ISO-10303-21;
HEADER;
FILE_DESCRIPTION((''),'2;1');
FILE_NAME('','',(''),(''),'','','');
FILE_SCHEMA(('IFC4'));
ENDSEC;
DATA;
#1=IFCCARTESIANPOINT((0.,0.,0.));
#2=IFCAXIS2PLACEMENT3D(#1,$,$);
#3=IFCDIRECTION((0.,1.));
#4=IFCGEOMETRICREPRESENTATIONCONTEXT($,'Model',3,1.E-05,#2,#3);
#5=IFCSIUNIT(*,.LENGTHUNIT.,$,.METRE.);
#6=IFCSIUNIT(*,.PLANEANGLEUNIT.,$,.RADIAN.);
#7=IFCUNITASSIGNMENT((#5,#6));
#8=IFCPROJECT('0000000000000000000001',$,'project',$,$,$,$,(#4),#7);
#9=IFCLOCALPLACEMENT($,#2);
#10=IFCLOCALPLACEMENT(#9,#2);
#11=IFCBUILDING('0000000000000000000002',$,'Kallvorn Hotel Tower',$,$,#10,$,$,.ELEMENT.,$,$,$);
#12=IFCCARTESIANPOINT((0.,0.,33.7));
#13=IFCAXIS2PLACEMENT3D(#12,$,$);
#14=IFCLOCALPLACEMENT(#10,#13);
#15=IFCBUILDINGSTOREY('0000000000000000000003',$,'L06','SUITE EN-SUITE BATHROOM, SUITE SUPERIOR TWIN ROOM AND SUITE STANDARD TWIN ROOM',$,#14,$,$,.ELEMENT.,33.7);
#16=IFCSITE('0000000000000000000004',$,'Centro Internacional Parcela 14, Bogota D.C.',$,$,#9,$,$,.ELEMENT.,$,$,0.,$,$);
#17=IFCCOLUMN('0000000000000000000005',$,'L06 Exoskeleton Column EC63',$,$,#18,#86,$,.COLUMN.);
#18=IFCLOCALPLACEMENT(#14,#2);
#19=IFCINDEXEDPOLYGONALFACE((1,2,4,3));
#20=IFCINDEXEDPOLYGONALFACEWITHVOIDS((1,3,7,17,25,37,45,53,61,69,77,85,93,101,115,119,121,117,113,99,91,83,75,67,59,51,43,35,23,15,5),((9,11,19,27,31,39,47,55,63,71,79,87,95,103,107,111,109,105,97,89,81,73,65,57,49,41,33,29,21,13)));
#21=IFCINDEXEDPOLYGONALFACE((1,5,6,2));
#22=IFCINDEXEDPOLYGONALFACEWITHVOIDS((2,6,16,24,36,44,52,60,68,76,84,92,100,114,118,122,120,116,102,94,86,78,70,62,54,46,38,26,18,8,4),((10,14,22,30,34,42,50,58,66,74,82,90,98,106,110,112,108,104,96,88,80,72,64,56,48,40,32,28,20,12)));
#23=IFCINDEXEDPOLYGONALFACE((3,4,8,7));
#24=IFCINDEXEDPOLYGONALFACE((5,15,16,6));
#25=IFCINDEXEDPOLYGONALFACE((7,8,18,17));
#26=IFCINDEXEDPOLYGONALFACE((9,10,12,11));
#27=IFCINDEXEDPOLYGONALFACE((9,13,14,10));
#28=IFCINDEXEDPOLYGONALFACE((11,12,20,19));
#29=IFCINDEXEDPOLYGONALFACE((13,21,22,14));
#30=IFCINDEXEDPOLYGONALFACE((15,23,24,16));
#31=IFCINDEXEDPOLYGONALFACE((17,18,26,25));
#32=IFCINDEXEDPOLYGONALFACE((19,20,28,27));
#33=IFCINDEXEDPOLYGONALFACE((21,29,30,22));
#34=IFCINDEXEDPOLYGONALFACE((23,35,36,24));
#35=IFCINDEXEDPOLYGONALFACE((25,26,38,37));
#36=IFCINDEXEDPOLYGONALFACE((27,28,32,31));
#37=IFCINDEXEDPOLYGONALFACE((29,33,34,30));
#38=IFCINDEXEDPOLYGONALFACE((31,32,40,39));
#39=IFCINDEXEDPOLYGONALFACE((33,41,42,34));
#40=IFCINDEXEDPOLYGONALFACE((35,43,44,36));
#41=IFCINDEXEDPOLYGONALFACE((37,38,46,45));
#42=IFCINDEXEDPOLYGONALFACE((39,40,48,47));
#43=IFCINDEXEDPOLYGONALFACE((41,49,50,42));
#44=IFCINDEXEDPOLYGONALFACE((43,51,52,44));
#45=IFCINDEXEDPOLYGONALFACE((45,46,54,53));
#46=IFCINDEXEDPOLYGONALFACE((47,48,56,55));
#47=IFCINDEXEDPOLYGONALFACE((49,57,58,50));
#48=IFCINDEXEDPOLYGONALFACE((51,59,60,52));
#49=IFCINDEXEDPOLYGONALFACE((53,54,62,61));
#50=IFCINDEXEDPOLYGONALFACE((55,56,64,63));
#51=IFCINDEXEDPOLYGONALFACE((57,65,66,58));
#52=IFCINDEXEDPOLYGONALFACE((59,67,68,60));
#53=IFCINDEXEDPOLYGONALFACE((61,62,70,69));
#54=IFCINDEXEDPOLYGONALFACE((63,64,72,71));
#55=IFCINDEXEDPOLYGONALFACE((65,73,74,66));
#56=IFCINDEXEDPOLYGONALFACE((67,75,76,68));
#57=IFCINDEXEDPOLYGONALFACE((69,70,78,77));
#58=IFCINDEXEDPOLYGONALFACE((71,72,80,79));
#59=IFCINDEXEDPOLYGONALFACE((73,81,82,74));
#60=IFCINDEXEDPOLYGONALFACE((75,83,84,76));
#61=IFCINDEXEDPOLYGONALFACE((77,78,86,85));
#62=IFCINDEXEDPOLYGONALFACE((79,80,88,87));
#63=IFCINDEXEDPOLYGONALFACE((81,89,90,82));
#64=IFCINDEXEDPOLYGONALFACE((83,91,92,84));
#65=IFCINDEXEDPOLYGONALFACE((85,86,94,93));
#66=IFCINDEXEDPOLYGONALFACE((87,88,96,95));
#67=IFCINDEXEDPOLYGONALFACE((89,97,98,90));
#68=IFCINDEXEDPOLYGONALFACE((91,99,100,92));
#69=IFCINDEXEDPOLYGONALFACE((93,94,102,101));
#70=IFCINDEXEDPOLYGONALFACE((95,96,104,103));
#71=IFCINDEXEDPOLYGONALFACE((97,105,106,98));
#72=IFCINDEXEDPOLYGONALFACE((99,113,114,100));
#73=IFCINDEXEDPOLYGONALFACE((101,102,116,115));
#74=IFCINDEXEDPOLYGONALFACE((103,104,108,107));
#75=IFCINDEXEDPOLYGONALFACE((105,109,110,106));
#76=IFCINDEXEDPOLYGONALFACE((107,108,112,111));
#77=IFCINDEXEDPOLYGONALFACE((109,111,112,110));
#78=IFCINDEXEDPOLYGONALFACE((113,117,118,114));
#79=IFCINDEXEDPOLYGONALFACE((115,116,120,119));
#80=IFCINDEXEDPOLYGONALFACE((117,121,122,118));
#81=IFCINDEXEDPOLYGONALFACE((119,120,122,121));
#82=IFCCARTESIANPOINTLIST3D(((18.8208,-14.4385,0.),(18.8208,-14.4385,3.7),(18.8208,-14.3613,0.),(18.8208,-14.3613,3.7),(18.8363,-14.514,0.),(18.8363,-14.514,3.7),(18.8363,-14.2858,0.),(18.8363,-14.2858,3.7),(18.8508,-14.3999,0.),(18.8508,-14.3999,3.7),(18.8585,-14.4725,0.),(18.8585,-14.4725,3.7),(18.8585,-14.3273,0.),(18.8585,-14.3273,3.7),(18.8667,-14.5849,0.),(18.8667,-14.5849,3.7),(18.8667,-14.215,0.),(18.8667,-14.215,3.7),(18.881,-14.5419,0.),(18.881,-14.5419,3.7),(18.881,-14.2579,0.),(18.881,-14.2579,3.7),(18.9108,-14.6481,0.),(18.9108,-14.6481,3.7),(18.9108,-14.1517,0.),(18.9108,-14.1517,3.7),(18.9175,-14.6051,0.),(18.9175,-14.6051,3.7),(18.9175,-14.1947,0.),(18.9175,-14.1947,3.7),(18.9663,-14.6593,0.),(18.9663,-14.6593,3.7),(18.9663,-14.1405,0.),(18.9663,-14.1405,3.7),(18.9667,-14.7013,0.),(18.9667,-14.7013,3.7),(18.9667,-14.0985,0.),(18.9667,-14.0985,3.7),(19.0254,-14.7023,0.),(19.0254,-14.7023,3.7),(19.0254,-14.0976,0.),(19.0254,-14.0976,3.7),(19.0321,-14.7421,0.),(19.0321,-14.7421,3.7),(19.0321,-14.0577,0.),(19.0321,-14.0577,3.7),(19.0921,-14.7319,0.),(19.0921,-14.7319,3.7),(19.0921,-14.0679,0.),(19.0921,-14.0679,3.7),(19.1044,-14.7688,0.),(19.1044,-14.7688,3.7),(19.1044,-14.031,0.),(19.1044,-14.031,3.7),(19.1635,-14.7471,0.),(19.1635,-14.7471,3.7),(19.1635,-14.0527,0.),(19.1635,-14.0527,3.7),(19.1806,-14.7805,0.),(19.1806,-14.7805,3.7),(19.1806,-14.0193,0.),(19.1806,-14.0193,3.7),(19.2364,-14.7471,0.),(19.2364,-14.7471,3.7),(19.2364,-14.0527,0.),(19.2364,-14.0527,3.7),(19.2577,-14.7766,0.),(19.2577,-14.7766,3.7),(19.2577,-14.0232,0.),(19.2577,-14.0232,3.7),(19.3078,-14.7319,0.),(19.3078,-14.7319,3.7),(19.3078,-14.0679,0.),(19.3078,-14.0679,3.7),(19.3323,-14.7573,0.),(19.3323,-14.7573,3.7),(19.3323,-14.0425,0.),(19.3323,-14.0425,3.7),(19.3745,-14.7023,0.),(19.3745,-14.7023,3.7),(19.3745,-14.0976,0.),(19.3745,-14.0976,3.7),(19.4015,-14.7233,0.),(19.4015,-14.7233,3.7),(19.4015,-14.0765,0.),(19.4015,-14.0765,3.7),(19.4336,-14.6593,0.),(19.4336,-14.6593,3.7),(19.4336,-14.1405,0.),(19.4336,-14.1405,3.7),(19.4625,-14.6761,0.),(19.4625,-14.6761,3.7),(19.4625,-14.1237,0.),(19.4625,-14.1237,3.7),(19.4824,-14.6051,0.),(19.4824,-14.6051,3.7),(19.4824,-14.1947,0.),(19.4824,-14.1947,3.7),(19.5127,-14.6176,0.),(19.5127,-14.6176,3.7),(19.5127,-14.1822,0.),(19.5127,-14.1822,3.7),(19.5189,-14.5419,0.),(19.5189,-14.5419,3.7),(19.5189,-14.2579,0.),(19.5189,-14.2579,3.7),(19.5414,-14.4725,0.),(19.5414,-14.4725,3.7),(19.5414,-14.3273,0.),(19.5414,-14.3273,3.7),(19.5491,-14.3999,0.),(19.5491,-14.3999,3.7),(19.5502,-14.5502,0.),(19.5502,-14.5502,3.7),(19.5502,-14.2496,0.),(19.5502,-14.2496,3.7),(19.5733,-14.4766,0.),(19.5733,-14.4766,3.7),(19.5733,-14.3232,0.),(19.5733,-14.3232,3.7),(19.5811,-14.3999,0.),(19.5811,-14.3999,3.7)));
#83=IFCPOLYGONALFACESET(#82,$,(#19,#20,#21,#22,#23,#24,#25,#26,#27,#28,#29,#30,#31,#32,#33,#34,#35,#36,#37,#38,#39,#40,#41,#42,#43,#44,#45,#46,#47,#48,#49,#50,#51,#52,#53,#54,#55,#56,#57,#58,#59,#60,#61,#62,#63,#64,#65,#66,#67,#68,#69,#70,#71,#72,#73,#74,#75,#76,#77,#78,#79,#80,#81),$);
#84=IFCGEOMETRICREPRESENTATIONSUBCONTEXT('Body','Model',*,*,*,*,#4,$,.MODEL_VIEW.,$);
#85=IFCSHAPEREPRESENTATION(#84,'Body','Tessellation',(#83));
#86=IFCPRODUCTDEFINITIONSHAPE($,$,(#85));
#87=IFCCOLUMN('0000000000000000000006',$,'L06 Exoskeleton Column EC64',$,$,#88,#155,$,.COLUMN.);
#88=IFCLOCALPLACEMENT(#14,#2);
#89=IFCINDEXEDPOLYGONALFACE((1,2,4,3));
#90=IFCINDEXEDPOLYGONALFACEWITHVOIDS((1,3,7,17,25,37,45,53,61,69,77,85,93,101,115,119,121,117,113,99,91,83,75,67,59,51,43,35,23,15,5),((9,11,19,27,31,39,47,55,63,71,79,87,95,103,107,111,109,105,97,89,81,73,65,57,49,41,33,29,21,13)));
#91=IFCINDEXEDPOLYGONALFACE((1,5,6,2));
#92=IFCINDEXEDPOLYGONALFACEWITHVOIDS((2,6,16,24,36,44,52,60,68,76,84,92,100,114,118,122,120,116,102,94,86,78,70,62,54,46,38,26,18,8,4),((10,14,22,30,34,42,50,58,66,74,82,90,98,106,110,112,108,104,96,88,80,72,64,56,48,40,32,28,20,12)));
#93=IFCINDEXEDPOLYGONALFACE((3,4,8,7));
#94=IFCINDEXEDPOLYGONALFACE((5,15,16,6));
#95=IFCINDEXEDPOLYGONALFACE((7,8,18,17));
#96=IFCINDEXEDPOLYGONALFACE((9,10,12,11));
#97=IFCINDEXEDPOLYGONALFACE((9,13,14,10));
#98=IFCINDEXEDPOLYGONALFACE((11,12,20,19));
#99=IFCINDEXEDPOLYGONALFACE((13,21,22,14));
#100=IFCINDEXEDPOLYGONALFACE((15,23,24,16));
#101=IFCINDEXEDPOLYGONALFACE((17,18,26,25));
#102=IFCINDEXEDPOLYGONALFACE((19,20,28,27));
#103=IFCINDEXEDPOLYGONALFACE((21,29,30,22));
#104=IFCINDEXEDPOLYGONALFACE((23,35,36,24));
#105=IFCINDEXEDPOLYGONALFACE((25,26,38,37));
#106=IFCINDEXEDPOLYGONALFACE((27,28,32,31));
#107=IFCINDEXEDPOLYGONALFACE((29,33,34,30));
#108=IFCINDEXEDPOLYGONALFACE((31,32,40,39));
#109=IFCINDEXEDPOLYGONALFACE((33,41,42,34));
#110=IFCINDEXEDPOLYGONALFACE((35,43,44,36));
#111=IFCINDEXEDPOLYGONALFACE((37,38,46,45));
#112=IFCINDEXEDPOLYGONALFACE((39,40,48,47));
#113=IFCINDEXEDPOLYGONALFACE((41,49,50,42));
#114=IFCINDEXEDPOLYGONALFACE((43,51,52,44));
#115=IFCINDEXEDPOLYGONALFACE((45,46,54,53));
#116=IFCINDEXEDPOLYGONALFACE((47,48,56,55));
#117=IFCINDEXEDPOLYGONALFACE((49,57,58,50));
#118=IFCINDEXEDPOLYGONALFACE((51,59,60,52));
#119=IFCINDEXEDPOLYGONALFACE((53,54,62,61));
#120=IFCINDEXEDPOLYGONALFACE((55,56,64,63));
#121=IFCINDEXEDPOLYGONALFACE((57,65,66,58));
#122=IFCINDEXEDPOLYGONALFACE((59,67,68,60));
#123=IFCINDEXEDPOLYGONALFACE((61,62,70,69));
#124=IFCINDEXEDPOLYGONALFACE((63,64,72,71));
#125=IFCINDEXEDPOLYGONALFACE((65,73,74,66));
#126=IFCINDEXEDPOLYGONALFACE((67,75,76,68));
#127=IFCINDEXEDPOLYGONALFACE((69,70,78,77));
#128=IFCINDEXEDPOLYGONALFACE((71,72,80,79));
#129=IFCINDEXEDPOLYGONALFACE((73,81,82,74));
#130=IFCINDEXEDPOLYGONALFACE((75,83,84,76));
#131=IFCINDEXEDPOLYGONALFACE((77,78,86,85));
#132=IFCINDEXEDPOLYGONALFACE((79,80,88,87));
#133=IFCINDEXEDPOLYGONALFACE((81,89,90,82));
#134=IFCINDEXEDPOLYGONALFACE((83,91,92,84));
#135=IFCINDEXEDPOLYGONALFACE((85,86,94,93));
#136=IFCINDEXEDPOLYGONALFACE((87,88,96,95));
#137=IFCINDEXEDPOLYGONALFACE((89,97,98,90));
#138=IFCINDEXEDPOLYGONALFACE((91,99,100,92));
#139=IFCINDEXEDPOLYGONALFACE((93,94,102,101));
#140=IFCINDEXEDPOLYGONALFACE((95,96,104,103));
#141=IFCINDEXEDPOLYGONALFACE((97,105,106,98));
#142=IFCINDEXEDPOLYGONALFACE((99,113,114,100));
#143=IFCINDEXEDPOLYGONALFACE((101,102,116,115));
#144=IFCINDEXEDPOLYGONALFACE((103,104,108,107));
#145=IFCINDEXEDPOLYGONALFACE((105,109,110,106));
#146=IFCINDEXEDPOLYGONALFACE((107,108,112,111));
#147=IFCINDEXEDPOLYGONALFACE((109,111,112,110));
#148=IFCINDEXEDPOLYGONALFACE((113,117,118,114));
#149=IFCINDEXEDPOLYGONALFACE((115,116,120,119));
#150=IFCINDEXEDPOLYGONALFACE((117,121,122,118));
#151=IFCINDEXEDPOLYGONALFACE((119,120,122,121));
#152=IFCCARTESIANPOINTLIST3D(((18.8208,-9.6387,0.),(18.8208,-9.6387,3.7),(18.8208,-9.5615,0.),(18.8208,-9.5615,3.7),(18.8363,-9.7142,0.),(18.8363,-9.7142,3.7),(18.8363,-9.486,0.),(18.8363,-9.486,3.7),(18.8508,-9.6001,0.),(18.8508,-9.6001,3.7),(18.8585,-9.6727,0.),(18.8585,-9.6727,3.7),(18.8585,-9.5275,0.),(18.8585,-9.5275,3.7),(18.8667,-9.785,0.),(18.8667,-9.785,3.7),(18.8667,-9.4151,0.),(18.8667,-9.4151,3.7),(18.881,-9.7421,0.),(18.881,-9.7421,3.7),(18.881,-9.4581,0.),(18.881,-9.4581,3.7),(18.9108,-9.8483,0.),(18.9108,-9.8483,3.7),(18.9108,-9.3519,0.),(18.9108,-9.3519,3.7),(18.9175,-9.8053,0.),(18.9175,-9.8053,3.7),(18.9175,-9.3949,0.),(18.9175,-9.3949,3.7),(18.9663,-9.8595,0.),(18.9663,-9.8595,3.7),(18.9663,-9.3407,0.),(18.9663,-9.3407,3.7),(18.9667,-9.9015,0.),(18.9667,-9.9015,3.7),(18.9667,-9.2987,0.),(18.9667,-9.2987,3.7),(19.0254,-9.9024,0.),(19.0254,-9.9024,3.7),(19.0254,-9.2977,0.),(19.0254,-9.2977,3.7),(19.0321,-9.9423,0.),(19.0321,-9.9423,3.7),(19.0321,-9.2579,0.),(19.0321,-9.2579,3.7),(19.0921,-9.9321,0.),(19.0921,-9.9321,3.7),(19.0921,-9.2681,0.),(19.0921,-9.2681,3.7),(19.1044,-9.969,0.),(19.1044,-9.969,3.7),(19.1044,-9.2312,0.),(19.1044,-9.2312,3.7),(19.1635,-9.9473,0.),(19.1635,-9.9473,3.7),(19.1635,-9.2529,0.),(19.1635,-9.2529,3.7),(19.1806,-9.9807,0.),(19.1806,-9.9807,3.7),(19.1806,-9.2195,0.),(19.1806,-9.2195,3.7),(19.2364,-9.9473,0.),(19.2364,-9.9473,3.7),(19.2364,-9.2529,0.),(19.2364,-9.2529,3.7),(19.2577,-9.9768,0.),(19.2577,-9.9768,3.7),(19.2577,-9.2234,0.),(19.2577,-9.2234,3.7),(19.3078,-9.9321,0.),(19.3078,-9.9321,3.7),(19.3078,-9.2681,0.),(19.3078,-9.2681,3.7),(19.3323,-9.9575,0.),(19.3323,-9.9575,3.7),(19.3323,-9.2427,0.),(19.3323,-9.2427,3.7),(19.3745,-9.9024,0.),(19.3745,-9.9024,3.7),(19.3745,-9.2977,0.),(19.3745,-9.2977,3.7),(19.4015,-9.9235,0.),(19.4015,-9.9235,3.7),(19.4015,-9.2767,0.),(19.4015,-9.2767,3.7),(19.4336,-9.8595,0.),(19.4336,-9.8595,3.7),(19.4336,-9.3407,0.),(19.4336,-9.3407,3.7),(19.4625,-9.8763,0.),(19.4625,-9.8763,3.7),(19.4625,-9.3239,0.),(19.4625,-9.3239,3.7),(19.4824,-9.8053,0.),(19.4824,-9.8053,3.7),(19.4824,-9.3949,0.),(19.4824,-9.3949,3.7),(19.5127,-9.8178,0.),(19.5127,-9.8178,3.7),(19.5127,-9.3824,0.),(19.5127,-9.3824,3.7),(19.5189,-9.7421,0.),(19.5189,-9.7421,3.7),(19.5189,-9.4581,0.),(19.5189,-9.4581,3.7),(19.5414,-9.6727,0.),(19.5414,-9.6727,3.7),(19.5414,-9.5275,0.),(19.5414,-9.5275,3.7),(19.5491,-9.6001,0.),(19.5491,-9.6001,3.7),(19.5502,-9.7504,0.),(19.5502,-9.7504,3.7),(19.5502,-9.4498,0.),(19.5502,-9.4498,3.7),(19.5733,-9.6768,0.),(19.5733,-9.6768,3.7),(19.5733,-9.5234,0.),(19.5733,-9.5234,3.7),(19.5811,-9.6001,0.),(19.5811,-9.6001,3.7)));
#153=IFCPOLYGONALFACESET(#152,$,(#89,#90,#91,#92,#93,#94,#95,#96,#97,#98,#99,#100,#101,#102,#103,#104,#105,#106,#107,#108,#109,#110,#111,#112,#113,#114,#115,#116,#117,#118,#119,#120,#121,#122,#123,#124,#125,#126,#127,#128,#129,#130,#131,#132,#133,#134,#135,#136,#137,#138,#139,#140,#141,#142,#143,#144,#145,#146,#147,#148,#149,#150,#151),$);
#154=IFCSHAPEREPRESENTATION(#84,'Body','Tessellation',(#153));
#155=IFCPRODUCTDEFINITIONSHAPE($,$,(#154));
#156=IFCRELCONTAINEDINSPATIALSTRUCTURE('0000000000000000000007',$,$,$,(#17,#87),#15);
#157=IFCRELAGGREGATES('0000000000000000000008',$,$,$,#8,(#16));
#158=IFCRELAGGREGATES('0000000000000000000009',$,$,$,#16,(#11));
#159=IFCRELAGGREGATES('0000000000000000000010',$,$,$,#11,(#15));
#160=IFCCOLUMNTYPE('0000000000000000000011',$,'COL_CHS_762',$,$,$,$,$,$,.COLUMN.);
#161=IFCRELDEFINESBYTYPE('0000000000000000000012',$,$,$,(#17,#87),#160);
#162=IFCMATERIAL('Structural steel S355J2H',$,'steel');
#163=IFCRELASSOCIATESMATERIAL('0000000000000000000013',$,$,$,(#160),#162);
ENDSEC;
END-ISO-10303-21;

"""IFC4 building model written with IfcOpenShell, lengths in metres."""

from ifc_helpers import new_model, si_unit, direction, frame, origin, origin_2d, place, context, subcontext, project, spatial, hollow_circle, extrude, material, material_profile, profile_set, type_object, element, save


model = new_model("IFC4")

# Units and contexts
model_context = context("Model", 3, precision=1e-05, world=origin(), true_north=direction((0.0, 1.0)))
body_context = subcontext(model_context, "Body", "Model", "MODEL_VIEW")
ifc_project = project(units=[si_unit("LENGTHUNIT", "METRE"), si_unit("PLANEANGLEUNIT", "RADIAN")], contexts=[model_context])

# Site, building, storey
site_placement = place(None, origin())
site = spatial("IfcSite", under=ifc_project, at=site_placement, Name="Centro Internacional Parcela 14, Bogota D.C.", CompositionType="ELEMENT", RefElevation=0.0)
building_placement = place(site_placement, origin())
building = spatial("IfcBuilding", under=site, at=building_placement, Name="Kallvorn Hotel Tower", CompositionType="ELEMENT")
storey_placement = place(building_placement, frame((0.0, 0.0, 33.7)))
storey = spatial("IfcBuildingStorey", under=building, at=storey_placement, Name="L06", Description="SUITE EN-SUITE BATHROOM, SUITE SUPERIOR TWIN ROOM AND SUITE STANDARD TWIN ROOM", CompositionType="ELEMENT", Elevation=33.7)

# Columns
ifc_material_1 = material(Name="Structural steel S355J2H", Category="steel")
ifc_material_profile_1 = material_profile(ifc_material_1, hollow_circle(Radius=0.3811, WallThickness=0.032, at=origin_2d()), Name="CHS 762x32")
ifc_profile_set_1 = profile_set([ifc_material_profile_1], Name="Structural steel S355J2H")
column_type_1 = type_object("IfcColumnType", Name="COL_CHS_762", PredefinedType="COLUMN", material=ifc_profile_set_1)
for number, where, z_axis, x_axis, name in (
    (1, (19.2, -14.3999, 0.0), (0.0, 0.0, 1.0), (1.0, 0.0, 0.0), "L06 Exoskeleton Column EC63"),
    (2, (19.2, -9.6001, 0.0), (0.0, 0.0, 1.0), (1.0, 0.0, 0.0), "L06 Exoskeleton Column EC64"),
):
    element("IfcColumn", number, at=place(storey_placement, frame(where, z_axis=z_axis, x_axis=x_axis)), inside=storey, type_object=column_type_1, Name=name, PredefinedType="COLUMN", context=body_context, shape_type="SweptSolid", body=[
        extrude(hollow_circle(Radius=0.3811, WallThickness=0.032, at=origin_2d()), origin(), (0.0, 0.0, 1.0), 3.7),
    ])

save(model, "model.ifc")
